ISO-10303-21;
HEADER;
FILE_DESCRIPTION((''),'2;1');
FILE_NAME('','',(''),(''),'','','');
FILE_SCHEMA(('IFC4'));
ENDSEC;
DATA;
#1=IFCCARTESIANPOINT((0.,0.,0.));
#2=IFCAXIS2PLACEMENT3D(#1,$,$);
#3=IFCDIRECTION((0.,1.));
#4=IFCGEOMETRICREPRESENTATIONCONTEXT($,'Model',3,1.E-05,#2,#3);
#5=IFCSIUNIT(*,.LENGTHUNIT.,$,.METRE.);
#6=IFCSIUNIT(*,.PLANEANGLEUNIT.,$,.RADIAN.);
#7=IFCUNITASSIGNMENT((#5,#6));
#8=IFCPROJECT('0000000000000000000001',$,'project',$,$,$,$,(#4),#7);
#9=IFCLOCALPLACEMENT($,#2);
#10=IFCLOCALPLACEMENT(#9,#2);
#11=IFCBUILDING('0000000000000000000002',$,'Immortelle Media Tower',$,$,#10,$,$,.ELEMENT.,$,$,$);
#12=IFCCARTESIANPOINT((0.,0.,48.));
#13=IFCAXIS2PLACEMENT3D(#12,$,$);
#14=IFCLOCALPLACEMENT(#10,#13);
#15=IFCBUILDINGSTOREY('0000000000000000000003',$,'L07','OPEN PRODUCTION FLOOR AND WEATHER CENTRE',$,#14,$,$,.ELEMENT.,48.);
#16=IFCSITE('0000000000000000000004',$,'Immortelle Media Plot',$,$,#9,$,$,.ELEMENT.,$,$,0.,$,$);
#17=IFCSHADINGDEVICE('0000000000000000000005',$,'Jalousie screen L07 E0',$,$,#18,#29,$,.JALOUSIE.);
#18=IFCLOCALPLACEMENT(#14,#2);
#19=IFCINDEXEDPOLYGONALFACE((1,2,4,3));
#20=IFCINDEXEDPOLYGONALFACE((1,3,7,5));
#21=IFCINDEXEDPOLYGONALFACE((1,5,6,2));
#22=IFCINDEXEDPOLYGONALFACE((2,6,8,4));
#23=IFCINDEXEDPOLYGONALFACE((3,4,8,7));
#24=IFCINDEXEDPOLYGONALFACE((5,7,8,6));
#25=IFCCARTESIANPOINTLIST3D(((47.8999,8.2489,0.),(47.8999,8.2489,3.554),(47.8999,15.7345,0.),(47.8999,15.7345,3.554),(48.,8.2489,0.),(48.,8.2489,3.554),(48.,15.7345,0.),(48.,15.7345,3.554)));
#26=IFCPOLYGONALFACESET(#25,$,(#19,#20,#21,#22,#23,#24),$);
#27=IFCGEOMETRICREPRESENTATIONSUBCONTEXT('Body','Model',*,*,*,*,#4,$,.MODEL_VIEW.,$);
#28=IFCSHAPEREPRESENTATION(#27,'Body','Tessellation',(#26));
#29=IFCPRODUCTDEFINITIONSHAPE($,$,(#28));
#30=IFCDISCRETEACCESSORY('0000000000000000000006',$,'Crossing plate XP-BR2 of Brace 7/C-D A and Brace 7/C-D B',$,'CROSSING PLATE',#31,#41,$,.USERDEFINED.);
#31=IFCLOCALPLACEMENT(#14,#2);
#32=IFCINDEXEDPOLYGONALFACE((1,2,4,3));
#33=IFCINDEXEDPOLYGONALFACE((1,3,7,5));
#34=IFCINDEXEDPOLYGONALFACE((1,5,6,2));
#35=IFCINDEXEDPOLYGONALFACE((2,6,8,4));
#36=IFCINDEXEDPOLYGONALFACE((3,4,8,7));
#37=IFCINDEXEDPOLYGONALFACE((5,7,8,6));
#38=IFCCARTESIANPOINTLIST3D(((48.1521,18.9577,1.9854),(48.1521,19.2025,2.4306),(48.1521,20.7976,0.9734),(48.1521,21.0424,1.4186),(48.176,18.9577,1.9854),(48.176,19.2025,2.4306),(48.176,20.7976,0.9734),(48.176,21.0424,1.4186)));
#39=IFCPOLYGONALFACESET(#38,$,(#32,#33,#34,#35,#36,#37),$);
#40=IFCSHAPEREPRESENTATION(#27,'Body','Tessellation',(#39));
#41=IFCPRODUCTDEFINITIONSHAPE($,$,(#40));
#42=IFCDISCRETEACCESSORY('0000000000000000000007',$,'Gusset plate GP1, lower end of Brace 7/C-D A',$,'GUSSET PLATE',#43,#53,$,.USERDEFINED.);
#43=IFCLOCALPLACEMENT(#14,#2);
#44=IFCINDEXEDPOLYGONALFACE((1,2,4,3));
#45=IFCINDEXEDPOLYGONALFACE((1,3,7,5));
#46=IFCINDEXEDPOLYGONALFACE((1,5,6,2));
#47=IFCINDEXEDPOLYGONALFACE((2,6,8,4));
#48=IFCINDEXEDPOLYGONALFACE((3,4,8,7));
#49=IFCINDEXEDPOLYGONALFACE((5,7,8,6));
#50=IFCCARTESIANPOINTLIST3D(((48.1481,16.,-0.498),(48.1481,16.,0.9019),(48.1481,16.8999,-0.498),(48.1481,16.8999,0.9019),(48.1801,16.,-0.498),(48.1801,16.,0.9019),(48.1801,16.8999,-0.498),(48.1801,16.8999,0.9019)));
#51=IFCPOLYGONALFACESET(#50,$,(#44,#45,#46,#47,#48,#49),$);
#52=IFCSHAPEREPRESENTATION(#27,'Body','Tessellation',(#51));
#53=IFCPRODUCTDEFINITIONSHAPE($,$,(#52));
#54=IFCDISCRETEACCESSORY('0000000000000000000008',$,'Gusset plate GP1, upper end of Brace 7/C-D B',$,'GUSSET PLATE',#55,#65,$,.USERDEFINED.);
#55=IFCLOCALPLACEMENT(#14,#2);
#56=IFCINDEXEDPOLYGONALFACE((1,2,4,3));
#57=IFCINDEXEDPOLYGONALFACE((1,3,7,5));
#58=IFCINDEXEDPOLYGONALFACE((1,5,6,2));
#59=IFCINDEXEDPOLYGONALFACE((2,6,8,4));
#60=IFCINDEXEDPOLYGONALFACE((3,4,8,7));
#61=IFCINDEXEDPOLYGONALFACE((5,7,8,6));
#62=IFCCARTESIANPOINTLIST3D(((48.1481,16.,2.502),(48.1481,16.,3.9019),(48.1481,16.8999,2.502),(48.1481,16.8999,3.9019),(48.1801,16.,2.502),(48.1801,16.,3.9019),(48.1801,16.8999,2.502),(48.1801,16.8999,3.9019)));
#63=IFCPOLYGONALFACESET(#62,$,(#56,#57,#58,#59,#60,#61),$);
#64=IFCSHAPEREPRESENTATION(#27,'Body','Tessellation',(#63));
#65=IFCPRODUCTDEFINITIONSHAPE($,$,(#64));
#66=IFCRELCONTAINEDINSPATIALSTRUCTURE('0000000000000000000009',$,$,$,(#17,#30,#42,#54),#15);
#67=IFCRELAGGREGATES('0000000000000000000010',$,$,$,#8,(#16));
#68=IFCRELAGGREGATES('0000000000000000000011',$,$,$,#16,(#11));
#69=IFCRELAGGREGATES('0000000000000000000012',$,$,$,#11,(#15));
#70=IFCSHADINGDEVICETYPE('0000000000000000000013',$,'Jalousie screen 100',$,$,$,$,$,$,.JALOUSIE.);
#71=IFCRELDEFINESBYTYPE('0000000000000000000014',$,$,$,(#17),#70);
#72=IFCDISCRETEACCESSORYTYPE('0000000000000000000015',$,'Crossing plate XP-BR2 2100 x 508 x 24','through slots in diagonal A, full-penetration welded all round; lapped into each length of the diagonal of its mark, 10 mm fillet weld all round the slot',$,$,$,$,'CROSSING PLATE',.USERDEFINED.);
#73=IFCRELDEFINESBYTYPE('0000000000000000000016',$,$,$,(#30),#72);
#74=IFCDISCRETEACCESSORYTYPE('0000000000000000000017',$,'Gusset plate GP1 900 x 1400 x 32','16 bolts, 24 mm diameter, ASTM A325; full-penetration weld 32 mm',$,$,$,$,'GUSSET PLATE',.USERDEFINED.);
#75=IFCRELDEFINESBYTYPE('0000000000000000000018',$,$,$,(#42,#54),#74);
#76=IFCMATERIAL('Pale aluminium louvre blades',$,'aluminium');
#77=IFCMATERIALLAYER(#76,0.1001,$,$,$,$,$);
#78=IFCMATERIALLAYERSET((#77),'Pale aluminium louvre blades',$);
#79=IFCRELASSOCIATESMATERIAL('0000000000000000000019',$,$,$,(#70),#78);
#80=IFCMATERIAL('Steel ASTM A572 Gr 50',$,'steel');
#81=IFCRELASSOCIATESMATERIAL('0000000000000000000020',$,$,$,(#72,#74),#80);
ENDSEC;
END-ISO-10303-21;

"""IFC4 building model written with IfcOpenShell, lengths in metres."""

from ifc_helpers import new_model, si_unit, direction, frame, origin, origin_2d, place, context, subcontext, project, spatial, rectangle, extrude, material, layer, layer_set, material_profile, profile_set, type_object, element, save


model = new_model("IFC4")

# Units and contexts
model_context = context("Model", 3, precision=1e-05, world=origin(), true_north=direction((0.0, 1.0)))
body_context = subcontext(model_context, "Body", "Model", "MODEL_VIEW")
ifc_project = project(units=[si_unit("LENGTHUNIT", "METRE"), si_unit("PLANEANGLEUNIT", "RADIAN")], contexts=[model_context])

# Site, building, storey
site_placement = place(None, origin())
site = spatial("IfcSite", under=ifc_project, at=site_placement, Name="Immortelle Media Plot", CompositionType="ELEMENT", RefElevation=0.0)
building_placement = place(site_placement, origin())
building = spatial("IfcBuilding", under=site, at=building_placement, Name="Immortelle Media Tower", CompositionType="ELEMENT")
storey_placement = place(building_placement, frame((0.0, 0.0, 48.0)))
storey = spatial("IfcBuildingStorey", under=building, at=storey_placement, Name="L07", Description="OPEN PRODUCTION FLOOR AND WEATHER CENTRE", CompositionType="ELEMENT", Elevation=48.0)

# Shading device
ifc_material_1 = material(Name="Pale aluminium louvre blades", Category="aluminium")
ifc_layer_1 = layer(ifc_material_1, 0.1001)
ifc_layer_set_1 = layer_set([ifc_layer_1], Name="Pale aluminium louvre blades")
shading_device_type = type_object("IfcShadingDeviceType", Name="Jalousie screen 100", PredefinedType="JALOUSIE", material=ifc_layer_set_1)
shading_device_placement = place(storey_placement, frame((47.95, 11.9917, 0.0), z_axis=(0.0, 0.0, 1.0), x_axis=(0.0, 1.0, 0.0)))
element("IfcShadingDevice", 1, at=shading_device_placement, inside=storey, type_object=shading_device_type, Name="Jalousie screen L07 E0", PredefinedType="JALOUSIE", context=body_context, shape_type="SweptSolid", body=[
    extrude(rectangle(XDim=7.4856, YDim=0.1001, at=origin_2d()), origin(), (0.0, 0.0, 1.0), 3.554),
])

# Discrete accessories
ifc_material_2 = material(Name="Steel ASTM A572 Gr 50", Category="steel")
ifc_material_profile_1 = material_profile(ifc_material_2, rectangle(XDim=0.0239, YDim=0.5081, at=origin_2d()), Name="PL 24 x 508")
ifc_profile_set_1 = profile_set([ifc_material_profile_1], Name="Steel ASTM A572 Gr 50")
discrete_accessory_type_1 = type_object("IfcDiscreteAccessoryType", Name="Crossing plate XP-BR2 2100 x 508 x 24", Description="through slots in diagonal A, full-penetration welded all round; lapped into each length of the diagonal of its mark, 10 mm fillet weld all round the slot", ElementType="CROSSING PLATE", PredefinedType="USERDEFINED", material=ifc_profile_set_1)
discrete_accessory_placement = place(storey_placement, frame((48.1641, 19.0801, 2.208), z_axis=(0.0, 0.876206, -0.481937), x_axis=(-1.0, 0.0, 0.0)))
element("IfcDiscreteAccessory", 2, at=discrete_accessory_placement, inside=storey, type_object=discrete_accessory_type_1, Name="Crossing plate XP-BR2 of Brace 7/C-D A and Brace 7/C-D B", ObjectType="CROSSING PLATE", PredefinedType="USERDEFINED", context=body_context, shape_type="SweptSolid", body=[
    extrude(rectangle(XDim=0.0239, YDim=0.5081, at=origin_2d()), origin(), (0.0, 0.0, 1.0), 2.0999),
])
ifc_material_profile_2 = material_profile(ifc_material_2, rectangle(XDim=0.032, YDim=1.3999, at=origin_2d()), Name="PL 32 x 1400")
ifc_profile_set_2 = profile_set([ifc_material_profile_2], Name="Steel ASTM A572 Gr 50")
discrete_accessory_type_2 = type_object("IfcDiscreteAccessoryType", Name="Gusset plate GP1 900 x 1400 x 32", Description="16 bolts, 24 mm diameter, ASTM A325; full-penetration weld 32 mm", ElementType="GUSSET PLATE", PredefinedType="USERDEFINED", material=ifc_profile_set_2)
for number, where, z_axis, x_axis, name in (
    (3, (48.1641, 16.0, 0.2019), (0.0, 1.0, 0.0), (-1.0, 0.0, 0.0), "Gusset plate GP1, lower end of Brace 7/C-D A"),
    (4, (48.1641, 16.0, 3.2019), (0.0, 1.0, 0.0), (-1.0, 0.0, 0.0), "Gusset plate GP1, upper end of Brace 7/C-D B"),
):
    element("IfcDiscreteAccessory", number, at=place(storey_placement, frame(where, z_axis=z_axis, x_axis=x_axis)), inside=storey, type_object=discrete_accessory_type_2, Name=name, ObjectType="GUSSET PLATE", PredefinedType="USERDEFINED", context=body_context, shape_type="SweptSolid", body=[
        extrude(rectangle(XDim=0.032, YDim=1.3999, at=origin_2d()), origin(), (0.0, 0.0, 1.0), 0.8999),
    ])

save(model, "model.ifc")
